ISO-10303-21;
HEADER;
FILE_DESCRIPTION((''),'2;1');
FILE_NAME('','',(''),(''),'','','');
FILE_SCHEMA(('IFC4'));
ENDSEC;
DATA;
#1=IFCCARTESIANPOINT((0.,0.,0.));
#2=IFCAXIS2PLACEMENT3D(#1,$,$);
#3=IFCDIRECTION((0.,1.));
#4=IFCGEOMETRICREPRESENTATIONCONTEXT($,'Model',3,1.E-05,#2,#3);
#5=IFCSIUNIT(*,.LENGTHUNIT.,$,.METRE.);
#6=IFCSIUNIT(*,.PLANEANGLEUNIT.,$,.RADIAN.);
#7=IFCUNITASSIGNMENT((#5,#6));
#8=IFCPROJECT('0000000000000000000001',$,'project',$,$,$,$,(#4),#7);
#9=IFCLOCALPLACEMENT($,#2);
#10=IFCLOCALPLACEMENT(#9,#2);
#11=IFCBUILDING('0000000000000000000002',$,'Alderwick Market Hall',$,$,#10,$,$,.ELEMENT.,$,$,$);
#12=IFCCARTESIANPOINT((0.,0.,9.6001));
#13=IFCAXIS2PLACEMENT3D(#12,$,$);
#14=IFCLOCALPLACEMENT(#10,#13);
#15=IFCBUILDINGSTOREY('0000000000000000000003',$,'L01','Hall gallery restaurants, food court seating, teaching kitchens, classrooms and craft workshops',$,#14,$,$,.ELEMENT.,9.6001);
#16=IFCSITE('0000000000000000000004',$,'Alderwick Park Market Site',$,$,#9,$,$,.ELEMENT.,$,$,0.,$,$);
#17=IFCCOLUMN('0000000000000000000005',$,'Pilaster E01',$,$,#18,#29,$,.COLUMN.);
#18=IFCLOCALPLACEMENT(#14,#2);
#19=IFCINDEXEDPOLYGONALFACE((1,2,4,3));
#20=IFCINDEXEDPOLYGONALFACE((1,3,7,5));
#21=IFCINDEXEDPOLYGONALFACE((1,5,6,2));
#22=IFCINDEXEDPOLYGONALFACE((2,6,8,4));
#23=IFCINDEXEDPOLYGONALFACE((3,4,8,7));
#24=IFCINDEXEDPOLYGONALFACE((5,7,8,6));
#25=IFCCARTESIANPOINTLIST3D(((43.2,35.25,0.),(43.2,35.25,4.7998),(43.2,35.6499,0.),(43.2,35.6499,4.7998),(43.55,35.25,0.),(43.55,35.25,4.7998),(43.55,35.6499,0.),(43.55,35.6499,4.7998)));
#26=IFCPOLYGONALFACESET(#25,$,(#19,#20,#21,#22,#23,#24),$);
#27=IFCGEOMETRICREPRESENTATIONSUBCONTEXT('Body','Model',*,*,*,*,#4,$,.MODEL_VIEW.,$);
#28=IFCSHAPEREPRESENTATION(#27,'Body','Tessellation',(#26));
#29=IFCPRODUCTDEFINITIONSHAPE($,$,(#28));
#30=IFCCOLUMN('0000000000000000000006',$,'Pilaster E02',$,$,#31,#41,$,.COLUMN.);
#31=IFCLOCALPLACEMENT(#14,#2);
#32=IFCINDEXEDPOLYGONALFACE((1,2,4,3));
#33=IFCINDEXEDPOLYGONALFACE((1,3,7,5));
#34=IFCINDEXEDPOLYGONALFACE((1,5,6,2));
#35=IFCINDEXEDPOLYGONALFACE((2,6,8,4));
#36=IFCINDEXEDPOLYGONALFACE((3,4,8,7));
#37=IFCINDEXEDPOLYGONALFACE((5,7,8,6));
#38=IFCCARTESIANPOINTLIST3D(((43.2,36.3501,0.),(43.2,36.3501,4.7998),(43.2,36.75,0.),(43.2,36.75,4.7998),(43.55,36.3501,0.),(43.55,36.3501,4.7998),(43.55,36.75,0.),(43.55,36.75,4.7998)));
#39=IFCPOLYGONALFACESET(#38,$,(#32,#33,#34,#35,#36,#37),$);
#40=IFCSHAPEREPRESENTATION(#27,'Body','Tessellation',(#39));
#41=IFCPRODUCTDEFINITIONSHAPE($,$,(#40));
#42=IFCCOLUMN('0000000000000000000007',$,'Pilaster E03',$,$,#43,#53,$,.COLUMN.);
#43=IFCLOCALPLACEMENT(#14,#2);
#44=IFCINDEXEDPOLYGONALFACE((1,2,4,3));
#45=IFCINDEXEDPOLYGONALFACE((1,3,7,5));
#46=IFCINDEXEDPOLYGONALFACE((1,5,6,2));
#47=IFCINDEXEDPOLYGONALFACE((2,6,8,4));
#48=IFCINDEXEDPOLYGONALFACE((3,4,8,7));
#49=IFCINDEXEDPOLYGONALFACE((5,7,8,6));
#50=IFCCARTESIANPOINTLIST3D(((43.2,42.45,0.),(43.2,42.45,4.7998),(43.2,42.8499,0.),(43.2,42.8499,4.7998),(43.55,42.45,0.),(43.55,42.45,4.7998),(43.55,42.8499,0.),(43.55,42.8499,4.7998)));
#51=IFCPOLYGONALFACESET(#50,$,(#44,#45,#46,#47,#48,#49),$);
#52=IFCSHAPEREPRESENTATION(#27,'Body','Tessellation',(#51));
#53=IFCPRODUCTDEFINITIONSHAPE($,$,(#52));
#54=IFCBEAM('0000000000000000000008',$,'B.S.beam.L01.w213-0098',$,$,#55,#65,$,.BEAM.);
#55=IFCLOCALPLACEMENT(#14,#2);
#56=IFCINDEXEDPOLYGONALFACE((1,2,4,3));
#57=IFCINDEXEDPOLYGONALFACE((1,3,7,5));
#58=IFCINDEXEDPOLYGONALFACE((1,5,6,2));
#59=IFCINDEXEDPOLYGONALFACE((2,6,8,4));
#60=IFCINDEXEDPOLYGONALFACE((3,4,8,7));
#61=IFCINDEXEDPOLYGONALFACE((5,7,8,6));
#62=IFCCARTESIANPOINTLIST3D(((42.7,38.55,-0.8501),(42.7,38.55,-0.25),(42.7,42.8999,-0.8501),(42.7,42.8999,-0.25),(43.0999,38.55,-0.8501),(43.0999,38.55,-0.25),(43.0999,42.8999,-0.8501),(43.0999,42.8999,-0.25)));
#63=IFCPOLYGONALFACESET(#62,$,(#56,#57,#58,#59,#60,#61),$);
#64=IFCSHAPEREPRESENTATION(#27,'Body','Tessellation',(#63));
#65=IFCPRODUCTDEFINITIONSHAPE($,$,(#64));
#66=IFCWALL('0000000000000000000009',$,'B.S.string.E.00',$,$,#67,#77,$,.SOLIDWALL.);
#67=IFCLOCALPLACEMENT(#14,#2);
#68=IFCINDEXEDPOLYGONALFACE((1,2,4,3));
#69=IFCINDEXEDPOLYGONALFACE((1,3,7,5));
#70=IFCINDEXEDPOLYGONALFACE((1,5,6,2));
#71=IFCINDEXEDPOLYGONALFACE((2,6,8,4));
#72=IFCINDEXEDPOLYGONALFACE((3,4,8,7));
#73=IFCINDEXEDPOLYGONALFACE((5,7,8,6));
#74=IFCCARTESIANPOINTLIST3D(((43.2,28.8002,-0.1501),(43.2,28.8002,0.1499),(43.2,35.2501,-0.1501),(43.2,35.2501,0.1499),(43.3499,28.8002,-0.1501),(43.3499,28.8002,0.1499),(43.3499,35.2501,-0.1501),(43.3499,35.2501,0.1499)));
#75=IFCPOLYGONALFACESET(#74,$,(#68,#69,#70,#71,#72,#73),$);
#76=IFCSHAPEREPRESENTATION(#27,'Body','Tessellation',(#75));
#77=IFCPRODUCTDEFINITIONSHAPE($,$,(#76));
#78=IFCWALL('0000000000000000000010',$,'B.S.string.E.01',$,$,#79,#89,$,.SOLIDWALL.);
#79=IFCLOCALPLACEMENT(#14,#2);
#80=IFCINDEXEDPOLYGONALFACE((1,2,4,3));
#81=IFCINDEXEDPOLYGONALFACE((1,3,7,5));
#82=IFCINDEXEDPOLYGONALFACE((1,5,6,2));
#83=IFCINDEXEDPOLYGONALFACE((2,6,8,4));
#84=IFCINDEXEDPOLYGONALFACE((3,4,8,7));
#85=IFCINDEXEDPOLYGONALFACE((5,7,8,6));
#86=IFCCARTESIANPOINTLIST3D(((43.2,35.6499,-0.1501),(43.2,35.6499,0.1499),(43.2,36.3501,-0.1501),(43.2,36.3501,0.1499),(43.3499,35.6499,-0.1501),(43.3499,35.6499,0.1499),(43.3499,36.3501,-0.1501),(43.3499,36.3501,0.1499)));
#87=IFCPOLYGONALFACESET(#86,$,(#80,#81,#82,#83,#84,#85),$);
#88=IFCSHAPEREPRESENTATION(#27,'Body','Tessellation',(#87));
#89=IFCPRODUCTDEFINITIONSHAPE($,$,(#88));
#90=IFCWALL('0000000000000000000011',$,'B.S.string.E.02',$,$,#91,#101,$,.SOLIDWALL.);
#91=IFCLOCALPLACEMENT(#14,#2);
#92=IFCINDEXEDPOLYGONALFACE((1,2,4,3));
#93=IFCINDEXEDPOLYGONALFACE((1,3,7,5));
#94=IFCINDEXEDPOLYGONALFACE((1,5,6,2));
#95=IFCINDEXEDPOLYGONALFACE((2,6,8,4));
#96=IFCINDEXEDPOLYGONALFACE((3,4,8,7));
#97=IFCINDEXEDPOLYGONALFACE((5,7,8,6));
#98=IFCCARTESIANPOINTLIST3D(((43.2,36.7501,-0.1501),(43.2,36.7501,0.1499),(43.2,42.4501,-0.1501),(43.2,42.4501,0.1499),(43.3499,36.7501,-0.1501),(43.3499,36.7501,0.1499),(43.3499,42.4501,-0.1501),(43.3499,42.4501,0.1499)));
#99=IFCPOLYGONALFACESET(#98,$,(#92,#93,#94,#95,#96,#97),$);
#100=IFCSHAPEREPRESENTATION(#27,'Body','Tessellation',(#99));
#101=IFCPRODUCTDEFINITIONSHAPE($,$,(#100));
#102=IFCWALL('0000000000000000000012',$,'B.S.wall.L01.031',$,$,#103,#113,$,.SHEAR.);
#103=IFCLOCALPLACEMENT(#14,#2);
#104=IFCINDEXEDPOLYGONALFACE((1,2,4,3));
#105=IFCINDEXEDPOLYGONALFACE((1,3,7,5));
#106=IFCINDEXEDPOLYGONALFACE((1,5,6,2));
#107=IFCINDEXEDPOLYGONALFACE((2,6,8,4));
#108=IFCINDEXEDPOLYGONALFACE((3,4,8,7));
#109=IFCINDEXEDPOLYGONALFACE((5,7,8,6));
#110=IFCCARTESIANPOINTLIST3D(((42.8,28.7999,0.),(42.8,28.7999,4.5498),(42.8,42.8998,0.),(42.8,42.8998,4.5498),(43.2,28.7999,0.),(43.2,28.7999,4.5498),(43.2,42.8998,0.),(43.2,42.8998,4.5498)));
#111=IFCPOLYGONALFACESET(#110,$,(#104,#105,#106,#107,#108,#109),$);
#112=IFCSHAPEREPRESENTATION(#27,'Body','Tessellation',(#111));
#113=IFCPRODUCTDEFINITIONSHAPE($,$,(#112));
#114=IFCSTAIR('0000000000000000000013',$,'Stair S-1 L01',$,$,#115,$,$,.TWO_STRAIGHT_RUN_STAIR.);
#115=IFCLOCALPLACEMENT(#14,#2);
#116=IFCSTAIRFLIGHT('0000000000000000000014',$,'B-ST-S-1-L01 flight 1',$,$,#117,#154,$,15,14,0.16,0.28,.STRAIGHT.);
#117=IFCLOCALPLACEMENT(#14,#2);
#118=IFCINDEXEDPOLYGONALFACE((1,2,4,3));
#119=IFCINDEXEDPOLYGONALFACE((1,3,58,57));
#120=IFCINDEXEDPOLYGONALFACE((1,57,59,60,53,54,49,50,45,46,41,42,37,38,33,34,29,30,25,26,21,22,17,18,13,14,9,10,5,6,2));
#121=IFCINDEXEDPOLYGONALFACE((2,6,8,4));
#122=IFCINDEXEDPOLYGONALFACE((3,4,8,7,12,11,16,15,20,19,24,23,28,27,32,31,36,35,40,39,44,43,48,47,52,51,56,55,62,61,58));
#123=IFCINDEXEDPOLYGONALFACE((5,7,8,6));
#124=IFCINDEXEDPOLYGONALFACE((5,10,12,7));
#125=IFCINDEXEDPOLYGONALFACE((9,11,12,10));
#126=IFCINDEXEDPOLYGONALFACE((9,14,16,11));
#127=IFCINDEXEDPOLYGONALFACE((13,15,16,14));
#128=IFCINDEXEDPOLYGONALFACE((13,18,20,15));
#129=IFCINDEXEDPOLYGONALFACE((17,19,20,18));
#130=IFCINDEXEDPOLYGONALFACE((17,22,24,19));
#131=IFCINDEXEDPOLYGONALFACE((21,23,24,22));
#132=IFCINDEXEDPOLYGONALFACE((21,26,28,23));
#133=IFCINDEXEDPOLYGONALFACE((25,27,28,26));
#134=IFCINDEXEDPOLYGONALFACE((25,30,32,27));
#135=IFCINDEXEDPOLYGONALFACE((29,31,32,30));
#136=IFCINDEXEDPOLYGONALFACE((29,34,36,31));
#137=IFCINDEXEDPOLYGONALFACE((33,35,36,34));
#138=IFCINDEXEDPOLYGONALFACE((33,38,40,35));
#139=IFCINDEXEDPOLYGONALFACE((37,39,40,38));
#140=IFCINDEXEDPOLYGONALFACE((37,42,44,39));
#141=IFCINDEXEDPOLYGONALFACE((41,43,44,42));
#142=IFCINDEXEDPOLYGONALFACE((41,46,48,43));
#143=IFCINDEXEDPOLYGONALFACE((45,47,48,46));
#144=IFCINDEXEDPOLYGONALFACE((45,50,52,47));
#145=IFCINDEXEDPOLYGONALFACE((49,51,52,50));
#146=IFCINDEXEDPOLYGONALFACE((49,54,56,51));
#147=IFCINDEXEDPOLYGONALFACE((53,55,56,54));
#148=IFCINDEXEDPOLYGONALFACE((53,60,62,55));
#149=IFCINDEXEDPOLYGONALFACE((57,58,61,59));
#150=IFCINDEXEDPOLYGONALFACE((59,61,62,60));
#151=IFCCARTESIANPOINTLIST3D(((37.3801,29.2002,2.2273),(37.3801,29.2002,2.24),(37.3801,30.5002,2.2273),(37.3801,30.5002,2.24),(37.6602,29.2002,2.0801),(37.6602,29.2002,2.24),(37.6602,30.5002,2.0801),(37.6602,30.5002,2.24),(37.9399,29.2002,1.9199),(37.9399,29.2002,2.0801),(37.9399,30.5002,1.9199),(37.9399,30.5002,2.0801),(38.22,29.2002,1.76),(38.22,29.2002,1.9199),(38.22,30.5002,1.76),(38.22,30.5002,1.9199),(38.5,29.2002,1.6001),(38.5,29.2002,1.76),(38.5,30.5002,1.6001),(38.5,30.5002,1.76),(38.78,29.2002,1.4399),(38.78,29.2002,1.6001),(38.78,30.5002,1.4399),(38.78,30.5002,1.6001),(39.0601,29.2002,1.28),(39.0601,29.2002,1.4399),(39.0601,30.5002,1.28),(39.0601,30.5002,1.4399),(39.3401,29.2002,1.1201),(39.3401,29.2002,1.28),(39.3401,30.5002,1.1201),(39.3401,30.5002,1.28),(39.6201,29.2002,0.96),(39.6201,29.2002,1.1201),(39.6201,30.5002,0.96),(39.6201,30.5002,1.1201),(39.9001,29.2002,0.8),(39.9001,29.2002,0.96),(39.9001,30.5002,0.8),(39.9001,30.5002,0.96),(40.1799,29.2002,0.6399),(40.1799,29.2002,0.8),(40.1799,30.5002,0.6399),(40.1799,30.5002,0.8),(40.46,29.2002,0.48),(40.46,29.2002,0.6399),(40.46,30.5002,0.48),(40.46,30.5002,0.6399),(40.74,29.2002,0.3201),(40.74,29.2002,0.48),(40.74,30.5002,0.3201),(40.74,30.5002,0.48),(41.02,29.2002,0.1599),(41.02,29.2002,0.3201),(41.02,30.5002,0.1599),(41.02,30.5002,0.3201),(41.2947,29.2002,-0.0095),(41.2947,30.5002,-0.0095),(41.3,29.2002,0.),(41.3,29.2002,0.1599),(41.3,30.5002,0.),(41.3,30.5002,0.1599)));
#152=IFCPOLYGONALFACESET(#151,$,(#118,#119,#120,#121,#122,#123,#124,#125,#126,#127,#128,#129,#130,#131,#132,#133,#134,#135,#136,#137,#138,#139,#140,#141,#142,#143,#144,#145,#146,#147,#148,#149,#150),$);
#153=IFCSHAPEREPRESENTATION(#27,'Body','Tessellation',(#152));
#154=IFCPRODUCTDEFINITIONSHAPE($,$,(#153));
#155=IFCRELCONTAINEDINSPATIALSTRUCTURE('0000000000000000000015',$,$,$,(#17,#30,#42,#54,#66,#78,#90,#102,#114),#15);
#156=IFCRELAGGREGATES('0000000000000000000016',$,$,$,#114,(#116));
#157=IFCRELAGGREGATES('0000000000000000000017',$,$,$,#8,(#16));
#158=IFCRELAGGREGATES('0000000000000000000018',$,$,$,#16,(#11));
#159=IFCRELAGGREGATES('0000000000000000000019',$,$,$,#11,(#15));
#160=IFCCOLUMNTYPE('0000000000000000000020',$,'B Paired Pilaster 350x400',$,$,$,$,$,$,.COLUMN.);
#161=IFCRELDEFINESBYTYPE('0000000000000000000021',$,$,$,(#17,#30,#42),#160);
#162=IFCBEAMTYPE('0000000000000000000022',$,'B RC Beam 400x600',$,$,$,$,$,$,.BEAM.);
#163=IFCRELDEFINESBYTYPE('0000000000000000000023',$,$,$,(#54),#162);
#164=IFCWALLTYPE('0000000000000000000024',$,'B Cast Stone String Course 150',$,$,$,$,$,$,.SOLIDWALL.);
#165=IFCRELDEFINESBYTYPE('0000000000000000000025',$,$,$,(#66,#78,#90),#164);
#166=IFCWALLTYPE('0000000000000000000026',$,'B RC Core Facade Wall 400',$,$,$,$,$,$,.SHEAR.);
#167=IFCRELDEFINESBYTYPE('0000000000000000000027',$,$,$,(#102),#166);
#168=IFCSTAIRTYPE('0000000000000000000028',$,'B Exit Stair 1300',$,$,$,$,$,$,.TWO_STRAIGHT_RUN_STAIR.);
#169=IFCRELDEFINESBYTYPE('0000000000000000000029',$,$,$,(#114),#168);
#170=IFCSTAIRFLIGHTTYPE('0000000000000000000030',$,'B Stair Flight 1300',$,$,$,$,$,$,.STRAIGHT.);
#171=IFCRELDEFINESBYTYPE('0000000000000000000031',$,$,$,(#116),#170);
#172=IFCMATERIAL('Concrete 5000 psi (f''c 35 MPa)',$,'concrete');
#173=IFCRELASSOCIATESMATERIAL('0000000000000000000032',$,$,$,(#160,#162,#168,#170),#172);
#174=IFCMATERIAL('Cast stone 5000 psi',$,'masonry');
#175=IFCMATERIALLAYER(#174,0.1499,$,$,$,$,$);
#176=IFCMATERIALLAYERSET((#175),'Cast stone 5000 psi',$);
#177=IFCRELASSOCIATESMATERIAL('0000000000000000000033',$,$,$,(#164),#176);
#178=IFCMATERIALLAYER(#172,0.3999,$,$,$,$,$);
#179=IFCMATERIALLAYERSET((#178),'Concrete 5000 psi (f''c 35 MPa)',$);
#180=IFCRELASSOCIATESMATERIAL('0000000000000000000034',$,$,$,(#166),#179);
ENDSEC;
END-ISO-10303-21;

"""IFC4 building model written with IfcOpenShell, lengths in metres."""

from ifc_helpers import new_model, si_unit, direction, frame, frame_2d, origin, origin_2d, place, context, subcontext, project, spatial, polyline, rectangle, outline, extrude, material, layer, layer_set, material_profile, profile_set, type_object, element, aggregate, save


model = new_model("IFC4")

# Units and contexts
model_context = context("Model", 3, precision=1e-05, world=origin(), true_north=direction((0.0, 1.0)))
body_context = subcontext(model_context, "Body", "Model", "MODEL_VIEW")
ifc_project = project(units=[si_unit("LENGTHUNIT", "METRE"), si_unit("PLANEANGLEUNIT", "RADIAN")], contexts=[model_context])

# Site, building, storey
site_placement = place(None, origin())
site = spatial("IfcSite", under=ifc_project, at=site_placement, Name="Alderwick Park Market Site", CompositionType="ELEMENT", RefElevation=0.0)
building_placement = place(site_placement, origin())
building = spatial("IfcBuilding", under=site, at=building_placement, Name="Alderwick Market Hall", CompositionType="ELEMENT")
storey_placement = place(building_placement, frame((0.0, 0.0, 9.6001)))
storey = spatial("IfcBuildingStorey", under=building, at=storey_placement, Name="L01", Description="Hall gallery restaurants, food court seating, teaching kitchens, classrooms and craft workshops", CompositionType="ELEMENT", Elevation=9.6001)

# Columns
ifc_material_1 = material(Name="Concrete 5000 psi (f'c 35 MPa)", Category="concrete")
ifc_material_profile_1 = material_profile(ifc_material_1, rectangle(XDim=0.3501, YDim=0.3999, at=origin_2d()), Name="B Paired Pilaster 350x400")
ifc_profile_set_1 = profile_set([ifc_material_profile_1], Name="Concrete 5000 psi (f'c 35 MPa)")
column_type = type_object("IfcColumnType", Name="B Paired Pilaster 350x400", PredefinedType="COLUMN", material=ifc_profile_set_1)
for number, where, z_axis, x_axis, name in (
    (1, (43.375, 35.45, 0.0), (0.0, 0.0, 1.0), (1.0, 0.0, 0.0), "Pilaster E01"),
    (2, (43.375, 36.55, 0.0), (0.0, 0.0, 1.0), (1.0, 0.0, 0.0), "Pilaster E02"),
    (3, (43.375, 42.6499, 0.0), (0.0, 0.0, 1.0), (1.0, 0.0, 0.0), "Pilaster E03"),
):
    element("IfcColumn", number, at=place(storey_placement, frame(where, z_axis=z_axis, x_axis=x_axis)), inside=storey, type_object=column_type, Name=name, PredefinedType="COLUMN", context=body_context, shape_type="SweptSolid", body=[
        extrude(rectangle(XDim=0.3501, YDim=0.3999, at=origin_2d()), origin(), (0.0, 0.0, 1.0), 4.7998),
    ])

# Beam
ifc_material_profile_2 = material_profile(ifc_material_1, rectangle(XDim=0.3999, YDim=0.6001, at=origin_2d()), Name="B RC Beam 400x600")
ifc_profile_set_2 = profile_set([ifc_material_profile_2], Name="Concrete 5000 psi (f'c 35 MPa)")
beam_type = type_object("IfcBeamType", Name="B RC Beam 400x600", PredefinedType="BEAM", material=ifc_profile_set_2)
beam_placement = place(storey_placement, frame((42.8999, 38.55, -0.55), z_axis=(0.0, 1.0, 0.0), x_axis=(-1.0, 0.0, 0.0)))
element("IfcBeam", 4, at=beam_placement, inside=storey, type_object=beam_type, Name="B.S.beam.L01.w213-0098", PredefinedType="BEAM", context=body_context, shape_type="SweptSolid", body=[
    extrude(rectangle(XDim=0.3999, YDim=0.6001, at=origin_2d()), origin(), (0.0, 0.0, 1.0), 4.3499),
])

# Walls
ifc_material_2 = material(Name="Cast stone 5000 psi", Category="masonry")
ifc_layer_1 = layer(ifc_material_2, 0.1499)
ifc_layer_set_1 = layer_set([ifc_layer_1], Name="Cast stone 5000 psi")
wall_type_1 = type_object("IfcWallType", Name="B Cast Stone String Course 150", PredefinedType="SOLIDWALL", material=ifc_layer_set_1)
wall_1_placement = place(storey_placement, frame((43.2749, 28.8, -0.1501), z_axis=(0.0, 0.0, 1.0), x_axis=(0.0, 1.0, 0.0)))
element("IfcWall", 5, at=wall_1_placement, inside=storey, type_object=wall_type_1, Name="B.S.string.E.00", PredefinedType="SOLIDWALL", context=body_context, shape_type="SweptSolid", body=[
    extrude(rectangle(XDim=6.45, YDim=0.1499, at=frame_2d((3.2251, 0.0))), origin(), (0.0, 0.0, 1.0), 0.3),
])
wall_2_placement = place(storey_placement, frame((43.2749, 35.6499, -0.1501), z_axis=(0.0, 0.0, 1.0), x_axis=(0.0, 1.0, 0.0)))
element("IfcWall", 6, at=wall_2_placement, inside=storey, type_object=wall_type_1, Name="B.S.string.E.01", PredefinedType="SOLIDWALL", context=body_context, shape_type="SweptSolid", body=[
    extrude(rectangle(XDim=0.7002, YDim=0.1499, at=frame_2d((0.3501, 0.0))), origin(), (0.0, 0.0, 1.0), 0.3),
])
wall_3_placement = place(storey_placement, frame((43.2749, 36.75, -0.1501), z_axis=(0.0, 0.0, 1.0), x_axis=(0.0, 1.0, 0.0)))
element("IfcWall", 7, at=wall_3_placement, inside=storey, type_object=wall_type_1, Name="B.S.string.E.02", PredefinedType="SOLIDWALL", context=body_context, shape_type="SweptSolid", body=[
    extrude(rectangle(XDim=5.7, YDim=0.1499, at=frame_2d((2.8501, 0.0))), origin(), (0.0, 0.0, 1.0), 0.3),
])
ifc_layer_2 = layer(ifc_material_1, 0.3999)
ifc_layer_set_2 = layer_set([ifc_layer_2], Name="Concrete 5000 psi (f'c 35 MPa)")
wall_type_2 = type_object("IfcWallType", Name="B RC Core Facade Wall 400", PredefinedType="SHEAR", material=ifc_layer_set_2)
wall_4_placement = place(storey_placement, frame((43.0, 28.8, 0.0), z_axis=(0.0, 0.0, 1.0), x_axis=(0.0, 1.0, 0.0)))
element("IfcWall", 8, at=wall_4_placement, inside=storey, type_object=wall_type_2, Name="B.S.wall.L01.031", PredefinedType="SHEAR", context=body_context, shape_type="SweptSolid", body=[
    extrude(rectangle(XDim=14.0999, YDim=0.3999, at=frame_2d((7.0498, 0.0))), origin(), (0.0, 0.0, 1.0), 4.5498),
])

# Stair, stair flight
stair_type = type_object("IfcStairType", Name="B Exit Stair 1300", PredefinedType="TWO_STRAIGHT_RUN_STAIR", material=ifc_material_1)
stair_placement = place(storey_placement, origin())
stair = element("IfcStair", 9, at=stair_placement, inside=storey, type_object=stair_type, Name="Stair S-1 L01", PredefinedType="TWO_STRAIGHT_RUN_STAIR")
stair_flight_type = type_object("IfcStairFlightType", Name="B Stair Flight 1300", PredefinedType="STRAIGHT", material=ifc_material_1)
stair_flight_1_placement = place(storey_placement, frame((41.3, 29.8501, 0.0), z_axis=(0.0, 0.0, 1.0), x_axis=(-1.0, 0.0, 0.0)))
stair_flight_1 = element("IfcStairFlight", 10, at=stair_flight_1_placement, type_object=stair_flight_type, Name="B-ST-S-1-L01 flight 1", NumberOfRisers=15, NumberOfTreads=14, PredefinedType="STRAIGHT", RiserHeight=0.16, TreadLength=0.28, context=body_context, shape_type="SweptSolid", body=[
    extrude(outline(polyline([(0.0054, -0.0095), (0.0, 0.0), (0.0, 0.1599), (0.28, 0.1599), (0.28, 0.3201), (0.5601, 0.3201), (0.5601, 0.48), (0.8401, 0.48), (0.8401, 0.6399), (1.1201, 0.6399), (1.1201, 0.8), (1.3999, 0.8), (1.3999, 0.96), (1.6799, 0.96), (1.6799, 1.1201), (1.96, 1.1201), (1.96, 1.28), (2.24, 1.28), (2.24, 1.4399), (2.52, 1.4399), (2.52, 1.6001), (2.8, 1.6001), (2.8, 1.76), (3.0801, 1.76), (3.0801, 1.9199), (3.3601, 1.9199), (3.3601, 2.0801), (3.6399, 2.0801), (3.6399, 2.24), (3.9199, 2.24), (3.9199, 2.2273), (0.0054, -0.0095)])), frame((0.0, 0.6499, 0.0), z_axis=(0.0, -1.0, 0.0), x_axis=(1.0, 0.0, 0.0)), (0.0, 0.0, 1.0), 1.3),
])
aggregate(stair, [stair_flight_1])

save(model, "model.ifc")
